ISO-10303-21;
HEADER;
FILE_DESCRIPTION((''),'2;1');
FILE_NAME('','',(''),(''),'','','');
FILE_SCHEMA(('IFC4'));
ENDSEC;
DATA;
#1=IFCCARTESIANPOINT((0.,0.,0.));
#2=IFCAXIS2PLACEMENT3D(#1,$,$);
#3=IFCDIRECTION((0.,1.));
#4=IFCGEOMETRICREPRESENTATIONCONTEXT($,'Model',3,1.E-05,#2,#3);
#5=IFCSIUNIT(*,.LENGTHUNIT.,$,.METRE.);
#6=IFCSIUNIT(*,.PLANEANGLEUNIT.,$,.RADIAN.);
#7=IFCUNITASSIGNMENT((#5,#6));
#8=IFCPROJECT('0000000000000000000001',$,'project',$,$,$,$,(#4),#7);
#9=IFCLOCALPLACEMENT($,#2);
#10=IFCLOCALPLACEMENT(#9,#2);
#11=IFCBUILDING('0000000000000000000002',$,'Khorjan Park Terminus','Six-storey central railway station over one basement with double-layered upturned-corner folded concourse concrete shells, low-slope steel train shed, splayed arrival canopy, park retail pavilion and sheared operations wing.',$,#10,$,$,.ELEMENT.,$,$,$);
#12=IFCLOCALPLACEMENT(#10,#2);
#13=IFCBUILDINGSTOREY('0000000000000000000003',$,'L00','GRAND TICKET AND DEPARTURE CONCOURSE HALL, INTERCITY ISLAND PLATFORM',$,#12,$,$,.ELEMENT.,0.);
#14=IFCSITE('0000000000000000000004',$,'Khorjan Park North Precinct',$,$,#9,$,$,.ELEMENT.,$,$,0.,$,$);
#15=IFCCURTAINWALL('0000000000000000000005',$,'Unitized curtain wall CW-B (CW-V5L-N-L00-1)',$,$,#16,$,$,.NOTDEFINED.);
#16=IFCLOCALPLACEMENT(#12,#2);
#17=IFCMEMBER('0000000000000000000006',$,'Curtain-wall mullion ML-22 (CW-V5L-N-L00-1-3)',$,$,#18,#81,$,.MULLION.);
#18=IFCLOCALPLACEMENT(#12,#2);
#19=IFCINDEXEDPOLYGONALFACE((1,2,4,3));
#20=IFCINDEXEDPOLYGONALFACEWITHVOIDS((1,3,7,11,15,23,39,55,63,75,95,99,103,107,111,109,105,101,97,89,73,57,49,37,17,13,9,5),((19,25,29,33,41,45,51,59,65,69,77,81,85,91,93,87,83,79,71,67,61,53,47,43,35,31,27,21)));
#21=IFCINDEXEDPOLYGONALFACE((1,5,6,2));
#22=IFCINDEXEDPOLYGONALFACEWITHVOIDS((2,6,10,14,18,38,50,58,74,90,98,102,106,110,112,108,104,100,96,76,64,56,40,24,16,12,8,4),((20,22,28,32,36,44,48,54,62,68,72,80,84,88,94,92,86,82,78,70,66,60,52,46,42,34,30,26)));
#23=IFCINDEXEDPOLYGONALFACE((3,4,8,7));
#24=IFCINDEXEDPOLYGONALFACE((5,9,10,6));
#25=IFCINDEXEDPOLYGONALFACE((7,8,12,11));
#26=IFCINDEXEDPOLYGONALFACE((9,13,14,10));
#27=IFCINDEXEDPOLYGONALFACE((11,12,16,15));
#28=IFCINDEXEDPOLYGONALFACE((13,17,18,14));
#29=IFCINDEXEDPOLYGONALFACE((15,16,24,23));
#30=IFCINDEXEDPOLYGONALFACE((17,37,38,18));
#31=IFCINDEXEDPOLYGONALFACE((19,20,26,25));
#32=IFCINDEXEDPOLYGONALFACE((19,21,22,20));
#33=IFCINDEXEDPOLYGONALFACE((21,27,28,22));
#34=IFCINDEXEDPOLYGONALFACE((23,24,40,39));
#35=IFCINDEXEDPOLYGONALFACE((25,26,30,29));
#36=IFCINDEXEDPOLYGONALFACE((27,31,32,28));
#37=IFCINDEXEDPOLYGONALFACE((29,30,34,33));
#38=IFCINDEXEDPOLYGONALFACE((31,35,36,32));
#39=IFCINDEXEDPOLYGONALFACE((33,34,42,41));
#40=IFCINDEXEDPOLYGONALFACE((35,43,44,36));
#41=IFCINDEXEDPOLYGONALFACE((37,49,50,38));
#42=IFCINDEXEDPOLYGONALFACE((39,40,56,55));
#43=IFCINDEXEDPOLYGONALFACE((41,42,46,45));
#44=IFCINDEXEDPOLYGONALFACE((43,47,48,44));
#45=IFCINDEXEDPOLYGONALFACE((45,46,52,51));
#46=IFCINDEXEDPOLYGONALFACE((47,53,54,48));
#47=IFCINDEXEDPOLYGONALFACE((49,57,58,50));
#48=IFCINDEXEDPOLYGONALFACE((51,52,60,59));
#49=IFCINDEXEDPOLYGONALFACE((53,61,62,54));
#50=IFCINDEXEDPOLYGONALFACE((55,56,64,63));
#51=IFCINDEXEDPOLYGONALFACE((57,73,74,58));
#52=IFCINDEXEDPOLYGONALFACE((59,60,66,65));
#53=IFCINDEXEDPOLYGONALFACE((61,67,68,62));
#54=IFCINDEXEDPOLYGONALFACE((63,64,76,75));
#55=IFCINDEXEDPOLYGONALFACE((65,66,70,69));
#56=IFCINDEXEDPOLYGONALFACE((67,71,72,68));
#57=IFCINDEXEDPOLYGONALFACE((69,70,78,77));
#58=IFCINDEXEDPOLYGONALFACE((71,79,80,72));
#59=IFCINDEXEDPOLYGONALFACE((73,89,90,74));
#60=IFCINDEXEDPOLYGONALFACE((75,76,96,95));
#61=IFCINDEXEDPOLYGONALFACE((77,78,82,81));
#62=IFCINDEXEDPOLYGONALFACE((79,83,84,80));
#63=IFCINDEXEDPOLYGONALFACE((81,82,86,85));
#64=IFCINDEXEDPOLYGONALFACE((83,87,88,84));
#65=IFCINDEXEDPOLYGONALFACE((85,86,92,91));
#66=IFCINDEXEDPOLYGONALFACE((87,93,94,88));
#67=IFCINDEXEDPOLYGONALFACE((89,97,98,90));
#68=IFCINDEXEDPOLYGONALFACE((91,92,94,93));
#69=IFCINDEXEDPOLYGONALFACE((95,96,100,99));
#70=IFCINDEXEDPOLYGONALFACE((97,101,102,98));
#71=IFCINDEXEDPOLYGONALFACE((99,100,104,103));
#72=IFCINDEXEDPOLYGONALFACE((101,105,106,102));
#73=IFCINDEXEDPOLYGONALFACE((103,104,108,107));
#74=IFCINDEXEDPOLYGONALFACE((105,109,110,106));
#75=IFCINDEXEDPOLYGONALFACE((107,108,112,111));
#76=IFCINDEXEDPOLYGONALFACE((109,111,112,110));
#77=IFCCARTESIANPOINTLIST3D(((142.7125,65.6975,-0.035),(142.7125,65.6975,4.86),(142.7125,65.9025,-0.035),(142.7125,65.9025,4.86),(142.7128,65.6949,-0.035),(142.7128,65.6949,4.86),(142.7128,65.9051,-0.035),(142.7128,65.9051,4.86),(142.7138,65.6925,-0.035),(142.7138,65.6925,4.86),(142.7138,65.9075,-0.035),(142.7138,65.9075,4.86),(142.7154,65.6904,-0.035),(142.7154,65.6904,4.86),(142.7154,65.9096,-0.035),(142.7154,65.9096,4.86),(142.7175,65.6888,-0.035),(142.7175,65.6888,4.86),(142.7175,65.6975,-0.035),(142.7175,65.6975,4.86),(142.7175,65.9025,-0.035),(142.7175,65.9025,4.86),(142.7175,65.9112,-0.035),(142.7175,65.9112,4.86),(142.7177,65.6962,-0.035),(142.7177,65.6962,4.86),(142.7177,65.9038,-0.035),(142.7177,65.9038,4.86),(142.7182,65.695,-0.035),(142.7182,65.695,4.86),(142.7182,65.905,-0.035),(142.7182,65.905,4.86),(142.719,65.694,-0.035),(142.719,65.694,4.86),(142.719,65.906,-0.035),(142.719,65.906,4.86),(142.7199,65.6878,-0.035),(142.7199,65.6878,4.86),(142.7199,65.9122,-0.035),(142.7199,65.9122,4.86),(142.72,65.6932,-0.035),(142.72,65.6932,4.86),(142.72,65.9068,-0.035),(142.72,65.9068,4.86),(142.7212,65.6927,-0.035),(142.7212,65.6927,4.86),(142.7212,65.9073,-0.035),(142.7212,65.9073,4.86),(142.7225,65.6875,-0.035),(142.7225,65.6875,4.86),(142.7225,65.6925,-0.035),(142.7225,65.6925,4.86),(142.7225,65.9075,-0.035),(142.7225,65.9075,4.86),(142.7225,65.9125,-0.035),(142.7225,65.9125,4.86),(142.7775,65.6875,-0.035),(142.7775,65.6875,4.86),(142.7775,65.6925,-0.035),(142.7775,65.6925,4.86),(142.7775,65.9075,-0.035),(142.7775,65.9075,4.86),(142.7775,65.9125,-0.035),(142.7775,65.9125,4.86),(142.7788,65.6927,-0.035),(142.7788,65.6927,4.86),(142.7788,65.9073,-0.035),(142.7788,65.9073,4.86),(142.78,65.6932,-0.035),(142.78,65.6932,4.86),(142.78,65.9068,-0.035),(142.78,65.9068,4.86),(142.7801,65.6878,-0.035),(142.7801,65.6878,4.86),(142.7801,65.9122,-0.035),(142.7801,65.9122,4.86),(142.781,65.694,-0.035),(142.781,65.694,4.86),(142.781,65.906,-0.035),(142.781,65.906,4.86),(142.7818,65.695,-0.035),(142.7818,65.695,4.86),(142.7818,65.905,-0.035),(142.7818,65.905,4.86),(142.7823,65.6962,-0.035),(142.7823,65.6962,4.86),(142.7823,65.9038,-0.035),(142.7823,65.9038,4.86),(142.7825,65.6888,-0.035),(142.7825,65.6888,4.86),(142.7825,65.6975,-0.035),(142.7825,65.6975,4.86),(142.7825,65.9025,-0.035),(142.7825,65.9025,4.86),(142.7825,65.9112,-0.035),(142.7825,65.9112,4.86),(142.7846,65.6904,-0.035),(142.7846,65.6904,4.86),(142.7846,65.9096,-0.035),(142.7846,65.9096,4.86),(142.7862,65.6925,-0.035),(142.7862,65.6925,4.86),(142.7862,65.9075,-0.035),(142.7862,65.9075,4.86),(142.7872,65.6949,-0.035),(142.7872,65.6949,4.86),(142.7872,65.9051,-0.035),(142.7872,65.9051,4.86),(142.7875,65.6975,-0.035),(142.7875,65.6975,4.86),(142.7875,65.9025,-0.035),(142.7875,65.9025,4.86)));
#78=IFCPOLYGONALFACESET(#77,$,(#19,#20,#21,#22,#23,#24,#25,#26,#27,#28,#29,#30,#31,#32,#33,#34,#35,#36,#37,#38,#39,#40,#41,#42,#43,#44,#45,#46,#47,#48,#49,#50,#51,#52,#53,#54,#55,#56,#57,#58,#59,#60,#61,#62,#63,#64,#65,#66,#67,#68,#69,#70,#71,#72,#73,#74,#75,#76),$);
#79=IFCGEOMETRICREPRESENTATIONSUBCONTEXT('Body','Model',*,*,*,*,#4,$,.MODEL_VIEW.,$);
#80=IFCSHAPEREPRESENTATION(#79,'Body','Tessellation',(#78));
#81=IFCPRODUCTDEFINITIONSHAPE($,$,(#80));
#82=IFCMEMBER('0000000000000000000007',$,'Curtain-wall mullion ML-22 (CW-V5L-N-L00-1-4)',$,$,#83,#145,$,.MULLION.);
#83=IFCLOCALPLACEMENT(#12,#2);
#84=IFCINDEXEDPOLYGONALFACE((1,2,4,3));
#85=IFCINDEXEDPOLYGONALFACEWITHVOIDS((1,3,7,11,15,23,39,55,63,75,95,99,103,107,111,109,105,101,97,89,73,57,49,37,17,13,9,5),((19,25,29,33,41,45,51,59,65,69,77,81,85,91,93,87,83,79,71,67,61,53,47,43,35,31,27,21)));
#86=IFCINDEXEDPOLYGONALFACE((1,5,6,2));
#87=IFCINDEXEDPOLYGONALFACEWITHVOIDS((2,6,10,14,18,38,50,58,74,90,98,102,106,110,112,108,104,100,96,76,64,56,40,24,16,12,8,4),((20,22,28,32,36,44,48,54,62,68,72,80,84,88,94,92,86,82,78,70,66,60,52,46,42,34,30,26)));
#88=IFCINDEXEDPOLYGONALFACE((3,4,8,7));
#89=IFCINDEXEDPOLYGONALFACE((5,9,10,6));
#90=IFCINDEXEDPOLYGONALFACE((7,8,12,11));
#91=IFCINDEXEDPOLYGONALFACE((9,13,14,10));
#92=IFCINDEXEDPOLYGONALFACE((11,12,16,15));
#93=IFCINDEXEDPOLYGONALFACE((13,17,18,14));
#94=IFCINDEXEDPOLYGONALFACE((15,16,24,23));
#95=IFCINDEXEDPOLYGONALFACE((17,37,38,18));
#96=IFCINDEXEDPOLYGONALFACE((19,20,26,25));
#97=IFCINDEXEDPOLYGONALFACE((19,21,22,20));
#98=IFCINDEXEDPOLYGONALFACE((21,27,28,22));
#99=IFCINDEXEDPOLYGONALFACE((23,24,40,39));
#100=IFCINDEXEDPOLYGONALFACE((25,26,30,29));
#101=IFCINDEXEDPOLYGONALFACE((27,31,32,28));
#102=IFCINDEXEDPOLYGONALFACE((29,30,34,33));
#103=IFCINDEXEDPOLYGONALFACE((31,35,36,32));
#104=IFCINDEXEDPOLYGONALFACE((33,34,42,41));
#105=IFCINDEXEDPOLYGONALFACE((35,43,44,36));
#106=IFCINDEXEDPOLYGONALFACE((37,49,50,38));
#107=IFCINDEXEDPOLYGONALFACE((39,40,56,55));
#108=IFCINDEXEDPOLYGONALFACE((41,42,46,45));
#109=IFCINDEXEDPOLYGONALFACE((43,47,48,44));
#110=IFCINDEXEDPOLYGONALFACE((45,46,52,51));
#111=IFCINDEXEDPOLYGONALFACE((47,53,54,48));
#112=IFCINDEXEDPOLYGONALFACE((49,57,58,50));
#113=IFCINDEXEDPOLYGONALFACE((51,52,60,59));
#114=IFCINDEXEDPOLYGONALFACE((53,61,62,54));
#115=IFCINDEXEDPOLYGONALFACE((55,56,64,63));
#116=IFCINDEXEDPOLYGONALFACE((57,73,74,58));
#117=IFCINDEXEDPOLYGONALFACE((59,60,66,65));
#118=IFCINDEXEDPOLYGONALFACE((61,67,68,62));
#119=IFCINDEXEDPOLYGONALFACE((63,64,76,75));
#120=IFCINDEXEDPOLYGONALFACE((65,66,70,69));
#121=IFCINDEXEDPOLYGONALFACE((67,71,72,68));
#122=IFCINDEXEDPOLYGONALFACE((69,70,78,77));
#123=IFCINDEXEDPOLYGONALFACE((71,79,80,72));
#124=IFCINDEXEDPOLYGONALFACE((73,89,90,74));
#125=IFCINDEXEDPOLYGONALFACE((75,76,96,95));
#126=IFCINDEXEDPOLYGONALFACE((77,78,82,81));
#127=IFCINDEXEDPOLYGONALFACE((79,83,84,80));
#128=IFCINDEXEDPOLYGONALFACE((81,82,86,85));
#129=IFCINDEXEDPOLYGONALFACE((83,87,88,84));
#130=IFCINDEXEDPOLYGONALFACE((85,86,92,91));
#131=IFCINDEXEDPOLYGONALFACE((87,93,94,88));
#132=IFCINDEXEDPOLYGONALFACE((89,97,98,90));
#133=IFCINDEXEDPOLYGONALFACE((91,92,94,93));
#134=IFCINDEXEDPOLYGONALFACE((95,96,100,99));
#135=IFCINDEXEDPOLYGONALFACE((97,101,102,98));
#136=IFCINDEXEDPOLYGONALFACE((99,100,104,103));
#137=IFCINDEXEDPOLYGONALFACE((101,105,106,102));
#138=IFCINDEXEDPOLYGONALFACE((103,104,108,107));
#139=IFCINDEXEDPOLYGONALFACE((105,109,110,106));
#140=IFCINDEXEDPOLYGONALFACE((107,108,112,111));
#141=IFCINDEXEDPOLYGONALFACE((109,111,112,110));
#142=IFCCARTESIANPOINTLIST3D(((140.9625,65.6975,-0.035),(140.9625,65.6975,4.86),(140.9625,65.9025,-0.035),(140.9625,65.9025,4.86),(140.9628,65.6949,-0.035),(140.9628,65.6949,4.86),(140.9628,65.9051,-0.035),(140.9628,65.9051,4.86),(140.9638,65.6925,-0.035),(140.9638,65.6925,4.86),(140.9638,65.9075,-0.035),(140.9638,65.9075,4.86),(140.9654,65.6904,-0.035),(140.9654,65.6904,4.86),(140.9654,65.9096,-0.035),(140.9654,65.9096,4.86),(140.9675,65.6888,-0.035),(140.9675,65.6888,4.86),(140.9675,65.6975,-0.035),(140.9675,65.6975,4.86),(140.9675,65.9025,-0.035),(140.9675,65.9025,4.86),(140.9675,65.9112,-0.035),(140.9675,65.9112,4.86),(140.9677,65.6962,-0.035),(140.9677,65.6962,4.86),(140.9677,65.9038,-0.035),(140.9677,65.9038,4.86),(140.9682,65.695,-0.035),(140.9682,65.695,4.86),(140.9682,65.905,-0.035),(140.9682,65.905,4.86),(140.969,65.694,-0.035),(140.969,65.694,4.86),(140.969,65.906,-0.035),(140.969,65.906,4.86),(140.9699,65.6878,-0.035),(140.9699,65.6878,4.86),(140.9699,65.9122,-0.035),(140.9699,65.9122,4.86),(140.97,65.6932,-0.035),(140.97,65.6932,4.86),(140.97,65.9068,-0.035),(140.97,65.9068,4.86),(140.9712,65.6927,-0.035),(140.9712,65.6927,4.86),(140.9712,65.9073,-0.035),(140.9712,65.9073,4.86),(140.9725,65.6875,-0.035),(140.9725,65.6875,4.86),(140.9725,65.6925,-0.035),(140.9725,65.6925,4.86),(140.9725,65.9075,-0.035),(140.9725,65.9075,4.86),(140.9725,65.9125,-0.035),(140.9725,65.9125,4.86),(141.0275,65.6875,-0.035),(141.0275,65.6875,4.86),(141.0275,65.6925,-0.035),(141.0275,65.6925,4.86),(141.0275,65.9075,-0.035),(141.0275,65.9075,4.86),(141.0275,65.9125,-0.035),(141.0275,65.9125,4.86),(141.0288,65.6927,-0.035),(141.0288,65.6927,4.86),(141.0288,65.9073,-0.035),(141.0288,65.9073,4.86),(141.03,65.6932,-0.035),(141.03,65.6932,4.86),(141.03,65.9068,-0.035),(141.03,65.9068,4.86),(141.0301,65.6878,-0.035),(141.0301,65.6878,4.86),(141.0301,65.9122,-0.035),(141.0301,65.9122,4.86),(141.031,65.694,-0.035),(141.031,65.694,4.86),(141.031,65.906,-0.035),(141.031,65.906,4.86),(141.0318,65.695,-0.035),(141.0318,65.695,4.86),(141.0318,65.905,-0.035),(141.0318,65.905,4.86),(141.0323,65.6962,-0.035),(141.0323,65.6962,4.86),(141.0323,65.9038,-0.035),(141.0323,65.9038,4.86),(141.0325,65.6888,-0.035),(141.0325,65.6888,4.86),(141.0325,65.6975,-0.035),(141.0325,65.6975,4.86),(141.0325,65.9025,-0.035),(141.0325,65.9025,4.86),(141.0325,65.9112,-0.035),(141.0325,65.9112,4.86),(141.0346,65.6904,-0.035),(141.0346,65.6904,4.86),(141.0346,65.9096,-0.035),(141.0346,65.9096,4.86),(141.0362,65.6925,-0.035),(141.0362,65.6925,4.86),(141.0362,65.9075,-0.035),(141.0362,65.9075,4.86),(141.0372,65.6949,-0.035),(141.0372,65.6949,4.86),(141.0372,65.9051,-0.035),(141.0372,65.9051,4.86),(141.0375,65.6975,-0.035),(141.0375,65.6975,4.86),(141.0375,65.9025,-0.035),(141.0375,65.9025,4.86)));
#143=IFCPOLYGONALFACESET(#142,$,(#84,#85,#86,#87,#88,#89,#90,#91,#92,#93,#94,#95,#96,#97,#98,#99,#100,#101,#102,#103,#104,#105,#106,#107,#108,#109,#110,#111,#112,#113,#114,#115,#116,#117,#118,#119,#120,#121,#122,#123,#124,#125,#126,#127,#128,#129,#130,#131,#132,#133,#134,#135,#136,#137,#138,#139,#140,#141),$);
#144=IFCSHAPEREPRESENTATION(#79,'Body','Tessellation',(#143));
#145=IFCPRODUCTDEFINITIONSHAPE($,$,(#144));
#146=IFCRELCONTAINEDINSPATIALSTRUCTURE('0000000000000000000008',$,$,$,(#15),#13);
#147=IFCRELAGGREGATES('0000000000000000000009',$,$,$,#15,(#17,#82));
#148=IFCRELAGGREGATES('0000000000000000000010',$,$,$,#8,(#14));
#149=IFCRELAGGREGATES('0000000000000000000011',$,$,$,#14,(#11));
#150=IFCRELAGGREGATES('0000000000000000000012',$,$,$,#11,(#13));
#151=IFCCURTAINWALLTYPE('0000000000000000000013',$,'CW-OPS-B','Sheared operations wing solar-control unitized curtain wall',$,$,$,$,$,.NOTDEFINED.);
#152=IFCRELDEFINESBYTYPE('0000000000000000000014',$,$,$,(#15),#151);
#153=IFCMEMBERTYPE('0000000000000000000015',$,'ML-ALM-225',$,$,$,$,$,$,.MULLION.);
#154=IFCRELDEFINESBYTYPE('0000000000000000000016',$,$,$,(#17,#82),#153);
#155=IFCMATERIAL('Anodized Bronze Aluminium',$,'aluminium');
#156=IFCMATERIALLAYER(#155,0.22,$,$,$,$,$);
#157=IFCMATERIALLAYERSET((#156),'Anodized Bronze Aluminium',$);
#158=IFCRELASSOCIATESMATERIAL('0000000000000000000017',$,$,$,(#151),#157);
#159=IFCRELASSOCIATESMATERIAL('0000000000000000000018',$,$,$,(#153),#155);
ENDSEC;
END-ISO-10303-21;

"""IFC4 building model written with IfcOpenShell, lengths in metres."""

from ifc_helpers import new_model, si_unit, direction, frame, origin, origin_2d, place, context, subcontext, project, spatial, hollow_rectangle, extrude, material, layer, layer_set, material_profile, profile_set, type_object, element, aggregate, save


model = new_model("IFC4")

# Units and contexts
model_context = context("Model", 3, precision=1e-05, world=origin(), true_north=direction((0.0, 1.0)))
body_context = subcontext(model_context, "Body", "Model", "MODEL_VIEW")
ifc_project = project(units=[si_unit("LENGTHUNIT", "METRE"), si_unit("PLANEANGLEUNIT", "RADIAN")], contexts=[model_context])

# Site, building, storey
site_placement = place(None, origin())
site = spatial("IfcSite", under=ifc_project, at=site_placement, Name="Khorjan Park North Precinct", CompositionType="ELEMENT", RefElevation=0.0)
building_placement = place(site_placement, origin())
building = spatial("IfcBuilding", under=site, at=building_placement, Name="Khorjan Park Terminus", Description="Six-storey central railway station over one basement with double-layered upturned-corner folded concourse concrete shells, low-slope steel train shed, splayed arrival canopy, park retail pavilion and sheared operations wing.", CompositionType="ELEMENT")
storey_placement = place(building_placement, origin())
storey = spatial("IfcBuildingStorey", under=building, at=storey_placement, Name="L00", Description="GRAND TICKET AND DEPARTURE CONCOURSE HALL, INTERCITY ISLAND PLATFORM", CompositionType="ELEMENT", Elevation=0.0)

# Curtain wall, members
ifc_material_1 = material(Name="Anodized Bronze Aluminium", Category="aluminium")
ifc_layer_1 = layer(ifc_material_1, 0.22)
ifc_layer_set_1 = layer_set([ifc_layer_1], Name="Anodized Bronze Aluminium")
curtain_wall_type = type_object("IfcCurtainWallType", Name="CW-OPS-B", Description="Sheared operations wing solar-control unitized curtain wall", PredefinedType="NOTDEFINED", material=ifc_layer_set_1)
curtain_wall_placement = place(storey_placement, origin())
curtain_wall = element("IfcCurtainWall", 1, at=curtain_wall_placement, inside=storey, type_object=curtain_wall_type, Name="Unitized curtain wall CW-B (CW-V5L-N-L00-1)", PredefinedType="NOTDEFINED")
ifc_material_profile_1 = material_profile(ifc_material_1, hollow_rectangle(XDim=0.075, YDim=0.225, WallThickness=0.005, InnerFilletRadius=0.005, OuterFilletRadius=0.01, at=origin_2d()), Name="ALM 75x225x5")
ifc_profile_set_1 = profile_set([ifc_material_profile_1], Name="Anodized Bronze Aluminium")
member_type_1 = type_object("IfcMemberType", Name="ML-ALM-225", PredefinedType="MULLION", material=ifc_profile_set_1)
member_1_placement = place(storey_placement, frame((142.75, 65.8, -0.035), z_axis=(0.0, 0.0, 1.0), x_axis=(-1.0, 0.0, 0.0)))
member_1 = element("IfcMember", 2, at=member_1_placement, type_object=member_type_1, Name="Curtain-wall mullion ML-22 (CW-V5L-N-L00-1-3)", PredefinedType="MULLION", context=body_context, shape_type="SweptSolid", body=[
    extrude(hollow_rectangle(XDim=0.075, YDim=0.225, WallThickness=0.005, InnerFilletRadius=0.005, OuterFilletRadius=0.01, at=origin_2d()), origin(), (0.0, 0.0, 1.0), 4.895),
])
member_2_placement = place(storey_placement, frame((141.0, 65.8, -0.035), z_axis=(0.0, 0.0, 1.0), x_axis=(-1.0, 0.0, 0.0)))
member_2 = element("IfcMember", 3, at=member_2_placement, type_object=member_type_1, Name="Curtain-wall mullion ML-22 (CW-V5L-N-L00-1-4)", PredefinedType="MULLION", context=body_context, shape_type="SweptSolid", body=[
    extrude(hollow_rectangle(XDim=0.075, YDim=0.225, WallThickness=0.005, InnerFilletRadius=0.005, OuterFilletRadius=0.01, at=origin_2d()), origin(), (0.0, 0.0, 1.0), 4.895),
])
aggregate(curtain_wall, [member_1, member_2])

save(model, "model.ifc")
